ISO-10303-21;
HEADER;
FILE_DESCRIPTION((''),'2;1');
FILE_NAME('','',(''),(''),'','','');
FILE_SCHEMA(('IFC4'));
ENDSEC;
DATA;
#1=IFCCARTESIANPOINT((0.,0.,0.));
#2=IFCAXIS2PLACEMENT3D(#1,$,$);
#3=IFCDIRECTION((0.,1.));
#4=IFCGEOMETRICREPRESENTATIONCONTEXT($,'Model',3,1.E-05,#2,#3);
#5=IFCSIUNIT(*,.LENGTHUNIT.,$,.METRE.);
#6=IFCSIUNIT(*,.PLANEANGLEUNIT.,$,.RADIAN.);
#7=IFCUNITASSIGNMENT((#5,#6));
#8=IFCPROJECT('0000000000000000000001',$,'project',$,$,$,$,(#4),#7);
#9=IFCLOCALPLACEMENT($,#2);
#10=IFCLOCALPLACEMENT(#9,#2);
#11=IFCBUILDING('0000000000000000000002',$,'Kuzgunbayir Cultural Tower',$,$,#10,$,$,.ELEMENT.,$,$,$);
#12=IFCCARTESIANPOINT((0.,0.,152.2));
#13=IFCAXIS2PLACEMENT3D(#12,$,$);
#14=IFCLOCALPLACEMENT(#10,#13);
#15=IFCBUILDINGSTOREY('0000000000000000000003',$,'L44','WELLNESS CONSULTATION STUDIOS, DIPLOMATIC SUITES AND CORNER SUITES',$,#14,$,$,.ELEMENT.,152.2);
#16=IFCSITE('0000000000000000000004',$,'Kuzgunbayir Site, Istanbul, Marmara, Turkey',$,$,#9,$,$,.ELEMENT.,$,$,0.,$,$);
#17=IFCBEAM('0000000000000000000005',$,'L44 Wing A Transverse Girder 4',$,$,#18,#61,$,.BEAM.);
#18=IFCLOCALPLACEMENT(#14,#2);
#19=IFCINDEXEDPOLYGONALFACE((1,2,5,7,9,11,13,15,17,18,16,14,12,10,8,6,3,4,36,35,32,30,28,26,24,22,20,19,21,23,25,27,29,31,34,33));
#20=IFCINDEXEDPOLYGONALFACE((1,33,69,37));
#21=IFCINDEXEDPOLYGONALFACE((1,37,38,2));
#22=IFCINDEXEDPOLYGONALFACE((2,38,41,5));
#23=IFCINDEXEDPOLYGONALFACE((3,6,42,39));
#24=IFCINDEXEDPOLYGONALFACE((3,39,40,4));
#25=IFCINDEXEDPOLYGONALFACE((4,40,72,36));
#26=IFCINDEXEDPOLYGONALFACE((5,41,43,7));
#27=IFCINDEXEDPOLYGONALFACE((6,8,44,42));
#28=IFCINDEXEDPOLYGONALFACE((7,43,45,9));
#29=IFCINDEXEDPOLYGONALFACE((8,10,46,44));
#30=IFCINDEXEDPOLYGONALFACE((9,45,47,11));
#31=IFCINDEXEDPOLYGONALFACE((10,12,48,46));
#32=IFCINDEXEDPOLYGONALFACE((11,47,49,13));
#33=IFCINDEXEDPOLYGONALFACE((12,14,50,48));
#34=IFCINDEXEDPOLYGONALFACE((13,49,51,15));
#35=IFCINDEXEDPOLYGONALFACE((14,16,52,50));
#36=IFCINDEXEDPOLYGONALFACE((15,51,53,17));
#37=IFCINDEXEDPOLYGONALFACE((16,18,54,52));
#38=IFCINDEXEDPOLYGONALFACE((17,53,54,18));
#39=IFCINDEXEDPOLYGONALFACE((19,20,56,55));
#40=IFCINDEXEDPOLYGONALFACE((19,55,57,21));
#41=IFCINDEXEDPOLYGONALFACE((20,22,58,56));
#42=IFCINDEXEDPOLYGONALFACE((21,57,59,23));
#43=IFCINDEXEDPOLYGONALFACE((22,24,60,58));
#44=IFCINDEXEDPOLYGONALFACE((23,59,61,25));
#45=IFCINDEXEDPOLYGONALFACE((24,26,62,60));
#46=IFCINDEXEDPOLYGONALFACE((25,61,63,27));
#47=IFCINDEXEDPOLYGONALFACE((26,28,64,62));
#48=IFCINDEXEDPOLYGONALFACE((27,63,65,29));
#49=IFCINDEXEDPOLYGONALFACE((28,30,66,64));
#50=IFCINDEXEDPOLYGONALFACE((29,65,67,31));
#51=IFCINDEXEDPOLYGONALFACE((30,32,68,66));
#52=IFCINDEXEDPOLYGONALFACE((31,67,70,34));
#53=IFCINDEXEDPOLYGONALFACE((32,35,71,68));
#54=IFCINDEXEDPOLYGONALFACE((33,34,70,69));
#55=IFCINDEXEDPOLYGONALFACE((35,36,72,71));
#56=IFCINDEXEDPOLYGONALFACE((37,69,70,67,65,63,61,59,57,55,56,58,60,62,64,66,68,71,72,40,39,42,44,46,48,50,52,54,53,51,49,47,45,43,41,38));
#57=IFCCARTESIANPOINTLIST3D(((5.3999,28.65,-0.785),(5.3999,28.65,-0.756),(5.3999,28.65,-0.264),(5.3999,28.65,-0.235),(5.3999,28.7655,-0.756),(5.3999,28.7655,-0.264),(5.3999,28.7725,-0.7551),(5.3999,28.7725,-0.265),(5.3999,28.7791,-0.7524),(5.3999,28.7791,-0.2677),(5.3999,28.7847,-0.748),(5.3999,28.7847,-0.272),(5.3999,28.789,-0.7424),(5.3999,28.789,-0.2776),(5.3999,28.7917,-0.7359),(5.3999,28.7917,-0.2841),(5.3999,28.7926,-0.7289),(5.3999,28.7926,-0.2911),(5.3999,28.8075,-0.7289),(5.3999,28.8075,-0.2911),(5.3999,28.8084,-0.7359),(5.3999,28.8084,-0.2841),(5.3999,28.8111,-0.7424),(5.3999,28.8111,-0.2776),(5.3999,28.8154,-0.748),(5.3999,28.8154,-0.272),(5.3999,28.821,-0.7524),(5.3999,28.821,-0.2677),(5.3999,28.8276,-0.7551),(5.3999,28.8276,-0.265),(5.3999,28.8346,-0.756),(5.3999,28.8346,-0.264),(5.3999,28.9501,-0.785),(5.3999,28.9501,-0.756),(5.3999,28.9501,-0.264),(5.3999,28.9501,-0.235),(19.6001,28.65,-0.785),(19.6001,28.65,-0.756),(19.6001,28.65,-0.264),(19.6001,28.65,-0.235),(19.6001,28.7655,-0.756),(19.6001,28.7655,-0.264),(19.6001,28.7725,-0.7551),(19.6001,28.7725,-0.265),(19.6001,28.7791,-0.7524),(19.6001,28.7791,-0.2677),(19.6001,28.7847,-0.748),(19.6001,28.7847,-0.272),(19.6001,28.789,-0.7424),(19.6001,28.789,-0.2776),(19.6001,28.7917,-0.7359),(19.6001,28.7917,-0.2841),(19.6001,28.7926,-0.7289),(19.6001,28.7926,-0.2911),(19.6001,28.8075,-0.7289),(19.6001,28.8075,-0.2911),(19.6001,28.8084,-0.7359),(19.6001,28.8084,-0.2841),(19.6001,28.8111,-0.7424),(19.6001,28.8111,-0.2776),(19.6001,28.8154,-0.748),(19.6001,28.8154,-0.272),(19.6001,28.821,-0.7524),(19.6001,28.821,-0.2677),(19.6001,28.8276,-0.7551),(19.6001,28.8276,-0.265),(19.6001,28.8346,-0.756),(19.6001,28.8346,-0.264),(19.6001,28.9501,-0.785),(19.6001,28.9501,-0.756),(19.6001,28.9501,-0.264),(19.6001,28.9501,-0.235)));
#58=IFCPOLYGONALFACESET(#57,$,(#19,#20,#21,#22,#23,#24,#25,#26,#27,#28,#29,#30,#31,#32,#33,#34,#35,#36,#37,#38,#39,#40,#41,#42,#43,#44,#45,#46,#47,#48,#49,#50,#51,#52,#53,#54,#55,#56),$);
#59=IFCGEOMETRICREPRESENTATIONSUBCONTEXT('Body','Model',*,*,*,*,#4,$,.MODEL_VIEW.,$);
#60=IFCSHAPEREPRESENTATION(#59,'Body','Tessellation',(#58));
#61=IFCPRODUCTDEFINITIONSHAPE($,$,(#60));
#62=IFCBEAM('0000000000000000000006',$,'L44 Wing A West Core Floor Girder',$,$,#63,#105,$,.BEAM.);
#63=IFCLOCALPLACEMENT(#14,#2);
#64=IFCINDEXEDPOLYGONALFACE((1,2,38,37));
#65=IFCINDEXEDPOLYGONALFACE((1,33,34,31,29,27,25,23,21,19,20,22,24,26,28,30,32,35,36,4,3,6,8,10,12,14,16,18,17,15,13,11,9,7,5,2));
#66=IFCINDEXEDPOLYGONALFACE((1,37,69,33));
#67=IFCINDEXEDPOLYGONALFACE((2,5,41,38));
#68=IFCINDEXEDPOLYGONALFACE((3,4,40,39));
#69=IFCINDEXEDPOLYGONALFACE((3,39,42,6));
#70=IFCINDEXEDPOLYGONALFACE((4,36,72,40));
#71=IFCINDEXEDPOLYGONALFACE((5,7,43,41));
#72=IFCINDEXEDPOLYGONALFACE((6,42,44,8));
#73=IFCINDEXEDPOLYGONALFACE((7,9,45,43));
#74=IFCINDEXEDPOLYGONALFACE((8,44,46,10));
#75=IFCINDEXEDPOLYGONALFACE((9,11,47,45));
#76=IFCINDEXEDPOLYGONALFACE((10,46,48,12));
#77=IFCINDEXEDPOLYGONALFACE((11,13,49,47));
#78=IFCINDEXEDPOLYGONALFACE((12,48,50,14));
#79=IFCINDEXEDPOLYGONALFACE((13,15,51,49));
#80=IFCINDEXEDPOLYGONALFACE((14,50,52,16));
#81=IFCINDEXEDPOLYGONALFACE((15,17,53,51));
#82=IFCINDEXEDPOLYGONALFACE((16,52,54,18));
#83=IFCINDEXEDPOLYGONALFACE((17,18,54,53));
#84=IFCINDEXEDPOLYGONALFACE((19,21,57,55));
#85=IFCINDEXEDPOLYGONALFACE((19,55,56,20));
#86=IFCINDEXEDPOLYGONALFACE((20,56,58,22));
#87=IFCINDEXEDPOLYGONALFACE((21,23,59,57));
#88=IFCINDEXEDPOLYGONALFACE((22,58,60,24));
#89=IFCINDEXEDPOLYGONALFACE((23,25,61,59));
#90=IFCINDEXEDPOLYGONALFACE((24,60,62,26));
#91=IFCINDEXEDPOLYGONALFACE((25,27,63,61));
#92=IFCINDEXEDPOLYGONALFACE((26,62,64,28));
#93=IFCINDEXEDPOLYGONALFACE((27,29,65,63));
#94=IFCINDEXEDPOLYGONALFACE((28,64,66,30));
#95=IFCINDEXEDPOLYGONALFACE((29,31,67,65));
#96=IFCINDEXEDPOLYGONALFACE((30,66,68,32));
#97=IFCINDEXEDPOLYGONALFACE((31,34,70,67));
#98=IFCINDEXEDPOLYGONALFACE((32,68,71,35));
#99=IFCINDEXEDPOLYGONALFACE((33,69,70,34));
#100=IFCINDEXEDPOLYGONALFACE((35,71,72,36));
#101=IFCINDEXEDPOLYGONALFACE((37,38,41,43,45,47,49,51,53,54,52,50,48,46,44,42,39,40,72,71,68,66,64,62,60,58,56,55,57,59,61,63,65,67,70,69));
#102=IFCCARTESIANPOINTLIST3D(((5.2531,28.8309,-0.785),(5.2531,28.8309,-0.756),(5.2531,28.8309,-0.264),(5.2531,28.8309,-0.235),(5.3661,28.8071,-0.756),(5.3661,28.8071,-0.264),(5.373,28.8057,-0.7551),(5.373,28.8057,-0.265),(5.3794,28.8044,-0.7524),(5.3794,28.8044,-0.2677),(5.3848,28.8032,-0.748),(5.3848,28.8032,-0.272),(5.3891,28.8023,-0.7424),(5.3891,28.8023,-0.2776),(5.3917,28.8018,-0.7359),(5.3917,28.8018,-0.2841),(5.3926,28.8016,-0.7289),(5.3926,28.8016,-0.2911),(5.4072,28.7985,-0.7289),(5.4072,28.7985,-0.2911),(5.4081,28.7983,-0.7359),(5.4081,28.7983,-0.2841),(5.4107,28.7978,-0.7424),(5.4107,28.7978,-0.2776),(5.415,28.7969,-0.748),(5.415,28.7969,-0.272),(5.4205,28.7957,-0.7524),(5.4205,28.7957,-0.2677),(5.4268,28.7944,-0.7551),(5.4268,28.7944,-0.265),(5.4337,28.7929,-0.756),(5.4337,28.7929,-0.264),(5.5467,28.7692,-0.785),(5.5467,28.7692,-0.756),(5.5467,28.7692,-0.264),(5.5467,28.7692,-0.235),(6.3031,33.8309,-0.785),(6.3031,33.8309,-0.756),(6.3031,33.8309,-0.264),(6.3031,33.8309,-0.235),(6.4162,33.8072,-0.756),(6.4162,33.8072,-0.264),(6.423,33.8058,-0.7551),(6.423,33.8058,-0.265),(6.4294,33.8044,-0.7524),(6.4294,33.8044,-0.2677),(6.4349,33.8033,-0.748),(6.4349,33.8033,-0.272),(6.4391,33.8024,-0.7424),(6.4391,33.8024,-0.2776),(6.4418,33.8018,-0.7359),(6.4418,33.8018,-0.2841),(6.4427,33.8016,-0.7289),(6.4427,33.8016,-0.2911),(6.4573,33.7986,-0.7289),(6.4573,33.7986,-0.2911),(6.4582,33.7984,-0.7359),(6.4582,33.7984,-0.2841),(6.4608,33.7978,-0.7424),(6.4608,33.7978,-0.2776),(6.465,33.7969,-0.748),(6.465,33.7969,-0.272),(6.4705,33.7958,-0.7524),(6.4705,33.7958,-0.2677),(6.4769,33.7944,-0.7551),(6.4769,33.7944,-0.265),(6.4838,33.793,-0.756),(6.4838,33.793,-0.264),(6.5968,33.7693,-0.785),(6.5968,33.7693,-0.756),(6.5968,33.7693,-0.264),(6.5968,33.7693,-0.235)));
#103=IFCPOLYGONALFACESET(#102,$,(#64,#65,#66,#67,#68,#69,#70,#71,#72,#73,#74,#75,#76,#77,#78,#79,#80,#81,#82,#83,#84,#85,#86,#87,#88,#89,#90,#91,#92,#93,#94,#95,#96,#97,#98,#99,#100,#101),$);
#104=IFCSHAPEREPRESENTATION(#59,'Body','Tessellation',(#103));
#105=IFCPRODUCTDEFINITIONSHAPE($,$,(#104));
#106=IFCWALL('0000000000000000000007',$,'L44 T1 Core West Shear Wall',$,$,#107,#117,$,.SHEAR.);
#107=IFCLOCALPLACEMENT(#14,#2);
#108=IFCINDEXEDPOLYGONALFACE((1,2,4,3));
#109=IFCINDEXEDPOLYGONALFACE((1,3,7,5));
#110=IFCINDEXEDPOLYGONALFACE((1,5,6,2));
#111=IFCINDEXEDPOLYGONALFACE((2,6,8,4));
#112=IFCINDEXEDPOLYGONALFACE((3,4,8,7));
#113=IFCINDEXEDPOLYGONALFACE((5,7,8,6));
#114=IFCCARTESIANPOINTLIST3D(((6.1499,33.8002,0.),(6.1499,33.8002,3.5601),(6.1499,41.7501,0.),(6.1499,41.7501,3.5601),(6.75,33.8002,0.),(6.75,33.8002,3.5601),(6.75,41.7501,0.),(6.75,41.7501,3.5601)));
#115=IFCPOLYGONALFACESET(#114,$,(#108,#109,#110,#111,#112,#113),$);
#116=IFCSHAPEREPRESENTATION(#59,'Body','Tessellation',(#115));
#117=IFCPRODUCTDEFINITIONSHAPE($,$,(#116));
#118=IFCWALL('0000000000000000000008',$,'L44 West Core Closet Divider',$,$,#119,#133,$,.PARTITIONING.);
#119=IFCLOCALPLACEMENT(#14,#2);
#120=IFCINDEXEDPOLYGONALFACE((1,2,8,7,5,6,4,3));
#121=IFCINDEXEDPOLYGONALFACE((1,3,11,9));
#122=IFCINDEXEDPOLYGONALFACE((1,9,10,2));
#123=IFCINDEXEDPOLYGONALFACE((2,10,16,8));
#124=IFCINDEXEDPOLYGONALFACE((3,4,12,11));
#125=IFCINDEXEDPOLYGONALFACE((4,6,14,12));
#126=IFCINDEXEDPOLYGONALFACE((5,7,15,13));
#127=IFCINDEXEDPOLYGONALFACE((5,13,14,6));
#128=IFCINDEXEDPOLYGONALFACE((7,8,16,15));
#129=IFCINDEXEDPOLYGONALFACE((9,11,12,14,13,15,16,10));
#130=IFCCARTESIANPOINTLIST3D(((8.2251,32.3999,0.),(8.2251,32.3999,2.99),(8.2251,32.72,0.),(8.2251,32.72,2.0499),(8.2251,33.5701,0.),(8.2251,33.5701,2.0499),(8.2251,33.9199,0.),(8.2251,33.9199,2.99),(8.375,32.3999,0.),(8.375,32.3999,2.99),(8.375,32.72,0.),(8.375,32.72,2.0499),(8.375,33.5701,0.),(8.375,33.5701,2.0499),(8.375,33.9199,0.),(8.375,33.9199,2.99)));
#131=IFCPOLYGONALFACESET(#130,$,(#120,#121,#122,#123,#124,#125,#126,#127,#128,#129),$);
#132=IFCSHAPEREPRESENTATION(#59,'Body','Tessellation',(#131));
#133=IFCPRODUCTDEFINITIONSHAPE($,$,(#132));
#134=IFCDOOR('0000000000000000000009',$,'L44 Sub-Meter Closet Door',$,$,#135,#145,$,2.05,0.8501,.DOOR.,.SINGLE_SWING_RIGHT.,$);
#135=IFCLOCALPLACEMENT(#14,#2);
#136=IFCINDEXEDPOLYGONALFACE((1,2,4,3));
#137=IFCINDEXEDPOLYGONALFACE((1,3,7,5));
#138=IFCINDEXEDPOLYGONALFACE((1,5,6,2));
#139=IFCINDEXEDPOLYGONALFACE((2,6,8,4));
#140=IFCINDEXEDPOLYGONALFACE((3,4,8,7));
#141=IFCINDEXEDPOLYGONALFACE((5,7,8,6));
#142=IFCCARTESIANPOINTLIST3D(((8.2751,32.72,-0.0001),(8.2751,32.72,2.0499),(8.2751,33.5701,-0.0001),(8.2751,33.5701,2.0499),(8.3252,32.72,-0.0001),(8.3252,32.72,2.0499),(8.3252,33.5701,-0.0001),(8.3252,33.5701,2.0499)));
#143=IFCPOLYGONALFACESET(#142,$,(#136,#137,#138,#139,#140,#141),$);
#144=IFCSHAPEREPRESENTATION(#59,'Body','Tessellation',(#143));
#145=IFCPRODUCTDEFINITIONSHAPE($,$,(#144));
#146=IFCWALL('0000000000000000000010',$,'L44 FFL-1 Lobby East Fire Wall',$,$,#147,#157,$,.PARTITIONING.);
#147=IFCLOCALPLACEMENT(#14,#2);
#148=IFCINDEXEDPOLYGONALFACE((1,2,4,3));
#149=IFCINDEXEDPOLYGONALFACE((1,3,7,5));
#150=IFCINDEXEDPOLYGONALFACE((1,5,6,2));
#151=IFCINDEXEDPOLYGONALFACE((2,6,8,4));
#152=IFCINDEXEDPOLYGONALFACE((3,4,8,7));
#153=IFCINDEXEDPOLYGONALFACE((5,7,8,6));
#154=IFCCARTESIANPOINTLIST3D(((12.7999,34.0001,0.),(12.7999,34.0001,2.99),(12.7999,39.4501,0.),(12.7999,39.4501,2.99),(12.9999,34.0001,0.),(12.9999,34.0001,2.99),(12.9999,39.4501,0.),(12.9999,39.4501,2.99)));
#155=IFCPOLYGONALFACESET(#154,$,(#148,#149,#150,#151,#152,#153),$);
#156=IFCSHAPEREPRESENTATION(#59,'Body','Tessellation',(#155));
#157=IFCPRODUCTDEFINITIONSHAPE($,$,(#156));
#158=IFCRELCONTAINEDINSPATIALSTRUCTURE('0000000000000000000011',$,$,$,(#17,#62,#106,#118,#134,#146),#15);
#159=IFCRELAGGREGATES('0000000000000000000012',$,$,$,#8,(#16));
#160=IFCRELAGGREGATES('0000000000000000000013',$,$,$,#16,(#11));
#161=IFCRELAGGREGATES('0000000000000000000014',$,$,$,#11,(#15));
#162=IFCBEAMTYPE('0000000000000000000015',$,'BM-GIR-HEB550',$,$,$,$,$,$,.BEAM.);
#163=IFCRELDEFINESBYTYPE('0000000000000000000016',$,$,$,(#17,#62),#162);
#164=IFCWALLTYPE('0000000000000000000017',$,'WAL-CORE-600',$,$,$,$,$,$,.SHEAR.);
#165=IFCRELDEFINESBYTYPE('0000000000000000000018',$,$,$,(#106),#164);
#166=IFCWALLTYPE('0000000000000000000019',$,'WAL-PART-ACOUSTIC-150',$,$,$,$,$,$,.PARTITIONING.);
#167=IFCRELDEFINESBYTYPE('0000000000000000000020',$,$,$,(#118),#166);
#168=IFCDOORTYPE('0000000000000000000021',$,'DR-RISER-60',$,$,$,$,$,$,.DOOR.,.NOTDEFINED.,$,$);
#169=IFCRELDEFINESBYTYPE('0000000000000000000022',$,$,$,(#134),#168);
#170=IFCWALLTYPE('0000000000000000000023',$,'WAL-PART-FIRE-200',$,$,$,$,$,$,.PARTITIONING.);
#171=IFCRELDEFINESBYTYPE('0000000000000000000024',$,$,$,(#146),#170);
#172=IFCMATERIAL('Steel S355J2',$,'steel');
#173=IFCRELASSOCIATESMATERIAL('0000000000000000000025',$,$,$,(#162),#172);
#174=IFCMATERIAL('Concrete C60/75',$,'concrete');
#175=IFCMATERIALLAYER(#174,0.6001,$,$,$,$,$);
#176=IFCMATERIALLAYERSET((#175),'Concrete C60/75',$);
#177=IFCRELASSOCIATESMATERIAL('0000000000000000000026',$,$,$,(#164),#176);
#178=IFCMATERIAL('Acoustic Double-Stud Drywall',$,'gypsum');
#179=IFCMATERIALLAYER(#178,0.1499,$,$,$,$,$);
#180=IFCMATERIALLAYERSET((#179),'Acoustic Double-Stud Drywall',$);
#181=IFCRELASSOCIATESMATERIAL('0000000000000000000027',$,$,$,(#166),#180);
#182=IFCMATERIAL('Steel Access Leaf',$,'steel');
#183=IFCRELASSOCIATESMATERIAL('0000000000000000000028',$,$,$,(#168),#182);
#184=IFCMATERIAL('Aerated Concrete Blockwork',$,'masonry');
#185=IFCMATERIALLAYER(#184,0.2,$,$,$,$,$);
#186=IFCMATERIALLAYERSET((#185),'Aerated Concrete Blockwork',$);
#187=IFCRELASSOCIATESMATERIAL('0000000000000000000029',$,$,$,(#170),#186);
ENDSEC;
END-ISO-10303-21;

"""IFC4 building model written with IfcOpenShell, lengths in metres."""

from ifc_helpers import new_model, si_unit, direction, frame, frame_2d, origin, origin_2d, place, context, subcontext, project, spatial, rectangle, i_section, extrude, material, layer, layer_set, material_profile, profile_set, type_object, element, fill, save


model = new_model("IFC4")

# Units and contexts
model_context = context("Model", 3, precision=1e-05, world=origin(), true_north=direction((0.0, 1.0)))
body_context = subcontext(model_context, "Body", "Model", "MODEL_VIEW")
ifc_project = project(units=[si_unit("LENGTHUNIT", "METRE"), si_unit("PLANEANGLEUNIT", "RADIAN")], contexts=[model_context])

# Site, building, storey
site_placement = place(None, origin())
site = spatial("IfcSite", under=ifc_project, at=site_placement, Name="Kuzgunbayir Site, Istanbul, Marmara, Turkey", CompositionType="ELEMENT", RefElevation=0.0)
building_placement = place(site_placement, origin())
building = spatial("IfcBuilding", under=site, at=building_placement, Name="Kuzgunbayir Cultural Tower", CompositionType="ELEMENT")
storey_placement = place(building_placement, frame((0.0, 0.0, 152.2)))
storey = spatial("IfcBuildingStorey", under=building, at=storey_placement, Name="L44", Description="WELLNESS CONSULTATION STUDIOS, DIPLOMATIC SUITES AND CORNER SUITES", CompositionType="ELEMENT", Elevation=152.2)

# Beams
ifc_material_1 = material(Name="Steel S355J2", Category="steel")
ifc_material_profile_1 = material_profile(ifc_material_1, i_section(OverallWidth=0.3, OverallDepth=0.55, WebThickness=0.0149, FlangeThickness=0.0291, FilletRadius=0.0271, at=origin_2d()), Name="HEB 550")
ifc_profile_set_1 = profile_set([ifc_material_profile_1], Name="Steel S355J2")
beam_type = type_object("IfcBeamType", Name="BM-GIR-HEB550", PredefinedType="BEAM", material=ifc_profile_set_1)
beam_1_placement = place(storey_placement, frame((5.3999, 28.8, -0.51), z_axis=(1.0, 0.0, 0.0), x_axis=(0.0, 1.0, 0.0)))
element("IfcBeam", 1, at=beam_1_placement, inside=storey, type_object=beam_type, Name="L44 Wing A Transverse Girder 4", PredefinedType="BEAM", context=body_context, shape_type="SweptSolid", body=[
    extrude(i_section(OverallWidth=0.3, OverallDepth=0.55, WebThickness=0.0149, FlangeThickness=0.0291, FilletRadius=0.0271, at=origin_2d()), origin(), (0.0, 0.0, 1.0), 14.2002),
])
beam_2_placement = place(storey_placement, frame((5.3999, 28.8, -0.51), z_axis=(0.205526, 0.978652, 0.0), x_axis=(-0.978652, 0.205526, 0.0)))
element("IfcBeam", 2, at=beam_2_placement, inside=storey, type_object=beam_type, Name="L44 Wing A West Core Floor Girder", PredefinedType="BEAM", context=body_context, shape_type="SweptSolid", body=[
    extrude(i_section(OverallWidth=0.3, OverallDepth=0.55, WebThickness=0.0149, FlangeThickness=0.0291, FilletRadius=0.0271, at=origin_2d()), origin(), (0.0, 0.0, 1.0), 5.1091),
])

# Wall
ifc_material_2 = material(Name="Concrete C60/75", Category="concrete")
ifc_layer_1 = layer(ifc_material_2, 0.6001)
ifc_layer_set_1 = layer_set([ifc_layer_1], Name="Concrete C60/75")
wall_type_1 = type_object("IfcWallType", Name="WAL-CORE-600", PredefinedType="SHEAR", material=ifc_layer_set_1)
wall_1_placement = place(storey_placement, frame((6.45, 33.8, 0.0), z_axis=(0.0, 0.0, 1.0), x_axis=(0.0, 1.0, 0.0)))
element("IfcWall", 3, at=wall_1_placement, inside=storey, type_object=wall_type_1, Name="L44 T1 Core West Shear Wall", PredefinedType="SHEAR", context=body_context, shape_type="SweptSolid", body=[
    extrude(rectangle(XDim=7.95, YDim=0.6001, at=frame_2d((3.9751, 0.0))), origin(), (0.0, 0.0, 1.0), 3.5601),
])

# Wall, opening, door
ifc_material_3 = material(Name="Acoustic Double-Stud Drywall", Category="gypsum")
ifc_layer_2 = layer(ifc_material_3, 0.1499)
ifc_layer_set_2 = layer_set([ifc_layer_2], Name="Acoustic Double-Stud Drywall")
wall_type_2 = type_object("IfcWallType", Name="WAL-PART-ACOUSTIC-150", PredefinedType="PARTITIONING", material=ifc_layer_set_2)
wall_2_placement = place(storey_placement, frame((8.3, 32.3999, 0.0), z_axis=(0.0, 0.0, 1.0), x_axis=(0.0, 1.0, 0.0)))
wall_2 = element("IfcWall", 4, at=wall_2_placement, inside=storey, type_object=wall_type_2, Name="L44 West Core Closet Divider", PredefinedType="PARTITIONING", context=body_context, shape_type="SweptSolid", body=[
    extrude(rectangle(XDim=1.52, YDim=0.1499, at=frame_2d((0.76, 0.0))), origin(), (0.0, 0.0, 1.0), 2.99),
])
opening_1_placement = place(wall_2_placement, frame((0.3201, 0.0, 0.0)))
opening_1 = element("IfcOpeningElement", 5, at=opening_1_placement, cuts=wall_2, PredefinedType="OPENING", context=body_context, shape_type="SweptSolid", body=[
    extrude(rectangle(XDim=0.8501, YDim=2.05, at=frame_2d((0.425, 1.0249))), frame((0.0, 0.085, 0.0), z_axis=(0.0, -1.0, 0.0), x_axis=(1.0, 0.0, 0.0)), (0.0, 0.0, 1.0), 0.1699),
])
ifc_material_4 = material(Name="Steel Access Leaf", Category="steel")
door_type_1 = type_object("IfcDoorType", Name="DR-RISER-60", OperationType="NOTDEFINED", PredefinedType="DOOR", material=ifc_material_4)
door_1_placement = place(opening_1_placement, origin())
door_1 = element("IfcDoor", 6, at=door_1_placement, inside=storey, type_object=door_type_1, Name="L44 Sub-Meter Closet Door", OperationType="SINGLE_SWING_RIGHT", OverallHeight=2.05, OverallWidth=0.8501, PredefinedType="DOOR", context=body_context, shape_type="SweptSolid", body=[
    extrude(rectangle(XDim=0.8501, YDim=2.05, at=frame_2d((0.425, 1.0249))), frame((0.0, 0.0249, 0.0), z_axis=(0.0, -1.0, 0.0), x_axis=(1.0, 0.0, 0.0)), (0.0, 0.0, 1.0), 0.05),
])
fill(opening_1, door_1)

# Wall
ifc_material_5 = material(Name="Aerated Concrete Blockwork", Category="masonry")
ifc_layer_3 = layer(ifc_material_5, 0.2)
ifc_layer_set_3 = layer_set([ifc_layer_3], Name="Aerated Concrete Blockwork")
wall_type_3 = type_object("IfcWallType", Name="WAL-PART-FIRE-200", PredefinedType="PARTITIONING", material=ifc_layer_set_3)
wall_3_placement = place(storey_placement, frame((12.8999, 34.0, 0.0), z_axis=(0.0, 0.0, 1.0), x_axis=(0.0, 1.0, 0.0)))
element("IfcWall", 7, at=wall_3_placement, inside=storey, type_object=wall_type_3, Name="L44 FFL-1 Lobby East Fire Wall", PredefinedType="PARTITIONING", context=body_context, shape_type="SweptSolid", body=[
    extrude(rectangle(XDim=5.45, YDim=0.2, at=frame_2d((2.7251, 0.0))), origin(), (0.0, 0.0, 1.0), 2.99),
])

save(model, "model.ifc")
